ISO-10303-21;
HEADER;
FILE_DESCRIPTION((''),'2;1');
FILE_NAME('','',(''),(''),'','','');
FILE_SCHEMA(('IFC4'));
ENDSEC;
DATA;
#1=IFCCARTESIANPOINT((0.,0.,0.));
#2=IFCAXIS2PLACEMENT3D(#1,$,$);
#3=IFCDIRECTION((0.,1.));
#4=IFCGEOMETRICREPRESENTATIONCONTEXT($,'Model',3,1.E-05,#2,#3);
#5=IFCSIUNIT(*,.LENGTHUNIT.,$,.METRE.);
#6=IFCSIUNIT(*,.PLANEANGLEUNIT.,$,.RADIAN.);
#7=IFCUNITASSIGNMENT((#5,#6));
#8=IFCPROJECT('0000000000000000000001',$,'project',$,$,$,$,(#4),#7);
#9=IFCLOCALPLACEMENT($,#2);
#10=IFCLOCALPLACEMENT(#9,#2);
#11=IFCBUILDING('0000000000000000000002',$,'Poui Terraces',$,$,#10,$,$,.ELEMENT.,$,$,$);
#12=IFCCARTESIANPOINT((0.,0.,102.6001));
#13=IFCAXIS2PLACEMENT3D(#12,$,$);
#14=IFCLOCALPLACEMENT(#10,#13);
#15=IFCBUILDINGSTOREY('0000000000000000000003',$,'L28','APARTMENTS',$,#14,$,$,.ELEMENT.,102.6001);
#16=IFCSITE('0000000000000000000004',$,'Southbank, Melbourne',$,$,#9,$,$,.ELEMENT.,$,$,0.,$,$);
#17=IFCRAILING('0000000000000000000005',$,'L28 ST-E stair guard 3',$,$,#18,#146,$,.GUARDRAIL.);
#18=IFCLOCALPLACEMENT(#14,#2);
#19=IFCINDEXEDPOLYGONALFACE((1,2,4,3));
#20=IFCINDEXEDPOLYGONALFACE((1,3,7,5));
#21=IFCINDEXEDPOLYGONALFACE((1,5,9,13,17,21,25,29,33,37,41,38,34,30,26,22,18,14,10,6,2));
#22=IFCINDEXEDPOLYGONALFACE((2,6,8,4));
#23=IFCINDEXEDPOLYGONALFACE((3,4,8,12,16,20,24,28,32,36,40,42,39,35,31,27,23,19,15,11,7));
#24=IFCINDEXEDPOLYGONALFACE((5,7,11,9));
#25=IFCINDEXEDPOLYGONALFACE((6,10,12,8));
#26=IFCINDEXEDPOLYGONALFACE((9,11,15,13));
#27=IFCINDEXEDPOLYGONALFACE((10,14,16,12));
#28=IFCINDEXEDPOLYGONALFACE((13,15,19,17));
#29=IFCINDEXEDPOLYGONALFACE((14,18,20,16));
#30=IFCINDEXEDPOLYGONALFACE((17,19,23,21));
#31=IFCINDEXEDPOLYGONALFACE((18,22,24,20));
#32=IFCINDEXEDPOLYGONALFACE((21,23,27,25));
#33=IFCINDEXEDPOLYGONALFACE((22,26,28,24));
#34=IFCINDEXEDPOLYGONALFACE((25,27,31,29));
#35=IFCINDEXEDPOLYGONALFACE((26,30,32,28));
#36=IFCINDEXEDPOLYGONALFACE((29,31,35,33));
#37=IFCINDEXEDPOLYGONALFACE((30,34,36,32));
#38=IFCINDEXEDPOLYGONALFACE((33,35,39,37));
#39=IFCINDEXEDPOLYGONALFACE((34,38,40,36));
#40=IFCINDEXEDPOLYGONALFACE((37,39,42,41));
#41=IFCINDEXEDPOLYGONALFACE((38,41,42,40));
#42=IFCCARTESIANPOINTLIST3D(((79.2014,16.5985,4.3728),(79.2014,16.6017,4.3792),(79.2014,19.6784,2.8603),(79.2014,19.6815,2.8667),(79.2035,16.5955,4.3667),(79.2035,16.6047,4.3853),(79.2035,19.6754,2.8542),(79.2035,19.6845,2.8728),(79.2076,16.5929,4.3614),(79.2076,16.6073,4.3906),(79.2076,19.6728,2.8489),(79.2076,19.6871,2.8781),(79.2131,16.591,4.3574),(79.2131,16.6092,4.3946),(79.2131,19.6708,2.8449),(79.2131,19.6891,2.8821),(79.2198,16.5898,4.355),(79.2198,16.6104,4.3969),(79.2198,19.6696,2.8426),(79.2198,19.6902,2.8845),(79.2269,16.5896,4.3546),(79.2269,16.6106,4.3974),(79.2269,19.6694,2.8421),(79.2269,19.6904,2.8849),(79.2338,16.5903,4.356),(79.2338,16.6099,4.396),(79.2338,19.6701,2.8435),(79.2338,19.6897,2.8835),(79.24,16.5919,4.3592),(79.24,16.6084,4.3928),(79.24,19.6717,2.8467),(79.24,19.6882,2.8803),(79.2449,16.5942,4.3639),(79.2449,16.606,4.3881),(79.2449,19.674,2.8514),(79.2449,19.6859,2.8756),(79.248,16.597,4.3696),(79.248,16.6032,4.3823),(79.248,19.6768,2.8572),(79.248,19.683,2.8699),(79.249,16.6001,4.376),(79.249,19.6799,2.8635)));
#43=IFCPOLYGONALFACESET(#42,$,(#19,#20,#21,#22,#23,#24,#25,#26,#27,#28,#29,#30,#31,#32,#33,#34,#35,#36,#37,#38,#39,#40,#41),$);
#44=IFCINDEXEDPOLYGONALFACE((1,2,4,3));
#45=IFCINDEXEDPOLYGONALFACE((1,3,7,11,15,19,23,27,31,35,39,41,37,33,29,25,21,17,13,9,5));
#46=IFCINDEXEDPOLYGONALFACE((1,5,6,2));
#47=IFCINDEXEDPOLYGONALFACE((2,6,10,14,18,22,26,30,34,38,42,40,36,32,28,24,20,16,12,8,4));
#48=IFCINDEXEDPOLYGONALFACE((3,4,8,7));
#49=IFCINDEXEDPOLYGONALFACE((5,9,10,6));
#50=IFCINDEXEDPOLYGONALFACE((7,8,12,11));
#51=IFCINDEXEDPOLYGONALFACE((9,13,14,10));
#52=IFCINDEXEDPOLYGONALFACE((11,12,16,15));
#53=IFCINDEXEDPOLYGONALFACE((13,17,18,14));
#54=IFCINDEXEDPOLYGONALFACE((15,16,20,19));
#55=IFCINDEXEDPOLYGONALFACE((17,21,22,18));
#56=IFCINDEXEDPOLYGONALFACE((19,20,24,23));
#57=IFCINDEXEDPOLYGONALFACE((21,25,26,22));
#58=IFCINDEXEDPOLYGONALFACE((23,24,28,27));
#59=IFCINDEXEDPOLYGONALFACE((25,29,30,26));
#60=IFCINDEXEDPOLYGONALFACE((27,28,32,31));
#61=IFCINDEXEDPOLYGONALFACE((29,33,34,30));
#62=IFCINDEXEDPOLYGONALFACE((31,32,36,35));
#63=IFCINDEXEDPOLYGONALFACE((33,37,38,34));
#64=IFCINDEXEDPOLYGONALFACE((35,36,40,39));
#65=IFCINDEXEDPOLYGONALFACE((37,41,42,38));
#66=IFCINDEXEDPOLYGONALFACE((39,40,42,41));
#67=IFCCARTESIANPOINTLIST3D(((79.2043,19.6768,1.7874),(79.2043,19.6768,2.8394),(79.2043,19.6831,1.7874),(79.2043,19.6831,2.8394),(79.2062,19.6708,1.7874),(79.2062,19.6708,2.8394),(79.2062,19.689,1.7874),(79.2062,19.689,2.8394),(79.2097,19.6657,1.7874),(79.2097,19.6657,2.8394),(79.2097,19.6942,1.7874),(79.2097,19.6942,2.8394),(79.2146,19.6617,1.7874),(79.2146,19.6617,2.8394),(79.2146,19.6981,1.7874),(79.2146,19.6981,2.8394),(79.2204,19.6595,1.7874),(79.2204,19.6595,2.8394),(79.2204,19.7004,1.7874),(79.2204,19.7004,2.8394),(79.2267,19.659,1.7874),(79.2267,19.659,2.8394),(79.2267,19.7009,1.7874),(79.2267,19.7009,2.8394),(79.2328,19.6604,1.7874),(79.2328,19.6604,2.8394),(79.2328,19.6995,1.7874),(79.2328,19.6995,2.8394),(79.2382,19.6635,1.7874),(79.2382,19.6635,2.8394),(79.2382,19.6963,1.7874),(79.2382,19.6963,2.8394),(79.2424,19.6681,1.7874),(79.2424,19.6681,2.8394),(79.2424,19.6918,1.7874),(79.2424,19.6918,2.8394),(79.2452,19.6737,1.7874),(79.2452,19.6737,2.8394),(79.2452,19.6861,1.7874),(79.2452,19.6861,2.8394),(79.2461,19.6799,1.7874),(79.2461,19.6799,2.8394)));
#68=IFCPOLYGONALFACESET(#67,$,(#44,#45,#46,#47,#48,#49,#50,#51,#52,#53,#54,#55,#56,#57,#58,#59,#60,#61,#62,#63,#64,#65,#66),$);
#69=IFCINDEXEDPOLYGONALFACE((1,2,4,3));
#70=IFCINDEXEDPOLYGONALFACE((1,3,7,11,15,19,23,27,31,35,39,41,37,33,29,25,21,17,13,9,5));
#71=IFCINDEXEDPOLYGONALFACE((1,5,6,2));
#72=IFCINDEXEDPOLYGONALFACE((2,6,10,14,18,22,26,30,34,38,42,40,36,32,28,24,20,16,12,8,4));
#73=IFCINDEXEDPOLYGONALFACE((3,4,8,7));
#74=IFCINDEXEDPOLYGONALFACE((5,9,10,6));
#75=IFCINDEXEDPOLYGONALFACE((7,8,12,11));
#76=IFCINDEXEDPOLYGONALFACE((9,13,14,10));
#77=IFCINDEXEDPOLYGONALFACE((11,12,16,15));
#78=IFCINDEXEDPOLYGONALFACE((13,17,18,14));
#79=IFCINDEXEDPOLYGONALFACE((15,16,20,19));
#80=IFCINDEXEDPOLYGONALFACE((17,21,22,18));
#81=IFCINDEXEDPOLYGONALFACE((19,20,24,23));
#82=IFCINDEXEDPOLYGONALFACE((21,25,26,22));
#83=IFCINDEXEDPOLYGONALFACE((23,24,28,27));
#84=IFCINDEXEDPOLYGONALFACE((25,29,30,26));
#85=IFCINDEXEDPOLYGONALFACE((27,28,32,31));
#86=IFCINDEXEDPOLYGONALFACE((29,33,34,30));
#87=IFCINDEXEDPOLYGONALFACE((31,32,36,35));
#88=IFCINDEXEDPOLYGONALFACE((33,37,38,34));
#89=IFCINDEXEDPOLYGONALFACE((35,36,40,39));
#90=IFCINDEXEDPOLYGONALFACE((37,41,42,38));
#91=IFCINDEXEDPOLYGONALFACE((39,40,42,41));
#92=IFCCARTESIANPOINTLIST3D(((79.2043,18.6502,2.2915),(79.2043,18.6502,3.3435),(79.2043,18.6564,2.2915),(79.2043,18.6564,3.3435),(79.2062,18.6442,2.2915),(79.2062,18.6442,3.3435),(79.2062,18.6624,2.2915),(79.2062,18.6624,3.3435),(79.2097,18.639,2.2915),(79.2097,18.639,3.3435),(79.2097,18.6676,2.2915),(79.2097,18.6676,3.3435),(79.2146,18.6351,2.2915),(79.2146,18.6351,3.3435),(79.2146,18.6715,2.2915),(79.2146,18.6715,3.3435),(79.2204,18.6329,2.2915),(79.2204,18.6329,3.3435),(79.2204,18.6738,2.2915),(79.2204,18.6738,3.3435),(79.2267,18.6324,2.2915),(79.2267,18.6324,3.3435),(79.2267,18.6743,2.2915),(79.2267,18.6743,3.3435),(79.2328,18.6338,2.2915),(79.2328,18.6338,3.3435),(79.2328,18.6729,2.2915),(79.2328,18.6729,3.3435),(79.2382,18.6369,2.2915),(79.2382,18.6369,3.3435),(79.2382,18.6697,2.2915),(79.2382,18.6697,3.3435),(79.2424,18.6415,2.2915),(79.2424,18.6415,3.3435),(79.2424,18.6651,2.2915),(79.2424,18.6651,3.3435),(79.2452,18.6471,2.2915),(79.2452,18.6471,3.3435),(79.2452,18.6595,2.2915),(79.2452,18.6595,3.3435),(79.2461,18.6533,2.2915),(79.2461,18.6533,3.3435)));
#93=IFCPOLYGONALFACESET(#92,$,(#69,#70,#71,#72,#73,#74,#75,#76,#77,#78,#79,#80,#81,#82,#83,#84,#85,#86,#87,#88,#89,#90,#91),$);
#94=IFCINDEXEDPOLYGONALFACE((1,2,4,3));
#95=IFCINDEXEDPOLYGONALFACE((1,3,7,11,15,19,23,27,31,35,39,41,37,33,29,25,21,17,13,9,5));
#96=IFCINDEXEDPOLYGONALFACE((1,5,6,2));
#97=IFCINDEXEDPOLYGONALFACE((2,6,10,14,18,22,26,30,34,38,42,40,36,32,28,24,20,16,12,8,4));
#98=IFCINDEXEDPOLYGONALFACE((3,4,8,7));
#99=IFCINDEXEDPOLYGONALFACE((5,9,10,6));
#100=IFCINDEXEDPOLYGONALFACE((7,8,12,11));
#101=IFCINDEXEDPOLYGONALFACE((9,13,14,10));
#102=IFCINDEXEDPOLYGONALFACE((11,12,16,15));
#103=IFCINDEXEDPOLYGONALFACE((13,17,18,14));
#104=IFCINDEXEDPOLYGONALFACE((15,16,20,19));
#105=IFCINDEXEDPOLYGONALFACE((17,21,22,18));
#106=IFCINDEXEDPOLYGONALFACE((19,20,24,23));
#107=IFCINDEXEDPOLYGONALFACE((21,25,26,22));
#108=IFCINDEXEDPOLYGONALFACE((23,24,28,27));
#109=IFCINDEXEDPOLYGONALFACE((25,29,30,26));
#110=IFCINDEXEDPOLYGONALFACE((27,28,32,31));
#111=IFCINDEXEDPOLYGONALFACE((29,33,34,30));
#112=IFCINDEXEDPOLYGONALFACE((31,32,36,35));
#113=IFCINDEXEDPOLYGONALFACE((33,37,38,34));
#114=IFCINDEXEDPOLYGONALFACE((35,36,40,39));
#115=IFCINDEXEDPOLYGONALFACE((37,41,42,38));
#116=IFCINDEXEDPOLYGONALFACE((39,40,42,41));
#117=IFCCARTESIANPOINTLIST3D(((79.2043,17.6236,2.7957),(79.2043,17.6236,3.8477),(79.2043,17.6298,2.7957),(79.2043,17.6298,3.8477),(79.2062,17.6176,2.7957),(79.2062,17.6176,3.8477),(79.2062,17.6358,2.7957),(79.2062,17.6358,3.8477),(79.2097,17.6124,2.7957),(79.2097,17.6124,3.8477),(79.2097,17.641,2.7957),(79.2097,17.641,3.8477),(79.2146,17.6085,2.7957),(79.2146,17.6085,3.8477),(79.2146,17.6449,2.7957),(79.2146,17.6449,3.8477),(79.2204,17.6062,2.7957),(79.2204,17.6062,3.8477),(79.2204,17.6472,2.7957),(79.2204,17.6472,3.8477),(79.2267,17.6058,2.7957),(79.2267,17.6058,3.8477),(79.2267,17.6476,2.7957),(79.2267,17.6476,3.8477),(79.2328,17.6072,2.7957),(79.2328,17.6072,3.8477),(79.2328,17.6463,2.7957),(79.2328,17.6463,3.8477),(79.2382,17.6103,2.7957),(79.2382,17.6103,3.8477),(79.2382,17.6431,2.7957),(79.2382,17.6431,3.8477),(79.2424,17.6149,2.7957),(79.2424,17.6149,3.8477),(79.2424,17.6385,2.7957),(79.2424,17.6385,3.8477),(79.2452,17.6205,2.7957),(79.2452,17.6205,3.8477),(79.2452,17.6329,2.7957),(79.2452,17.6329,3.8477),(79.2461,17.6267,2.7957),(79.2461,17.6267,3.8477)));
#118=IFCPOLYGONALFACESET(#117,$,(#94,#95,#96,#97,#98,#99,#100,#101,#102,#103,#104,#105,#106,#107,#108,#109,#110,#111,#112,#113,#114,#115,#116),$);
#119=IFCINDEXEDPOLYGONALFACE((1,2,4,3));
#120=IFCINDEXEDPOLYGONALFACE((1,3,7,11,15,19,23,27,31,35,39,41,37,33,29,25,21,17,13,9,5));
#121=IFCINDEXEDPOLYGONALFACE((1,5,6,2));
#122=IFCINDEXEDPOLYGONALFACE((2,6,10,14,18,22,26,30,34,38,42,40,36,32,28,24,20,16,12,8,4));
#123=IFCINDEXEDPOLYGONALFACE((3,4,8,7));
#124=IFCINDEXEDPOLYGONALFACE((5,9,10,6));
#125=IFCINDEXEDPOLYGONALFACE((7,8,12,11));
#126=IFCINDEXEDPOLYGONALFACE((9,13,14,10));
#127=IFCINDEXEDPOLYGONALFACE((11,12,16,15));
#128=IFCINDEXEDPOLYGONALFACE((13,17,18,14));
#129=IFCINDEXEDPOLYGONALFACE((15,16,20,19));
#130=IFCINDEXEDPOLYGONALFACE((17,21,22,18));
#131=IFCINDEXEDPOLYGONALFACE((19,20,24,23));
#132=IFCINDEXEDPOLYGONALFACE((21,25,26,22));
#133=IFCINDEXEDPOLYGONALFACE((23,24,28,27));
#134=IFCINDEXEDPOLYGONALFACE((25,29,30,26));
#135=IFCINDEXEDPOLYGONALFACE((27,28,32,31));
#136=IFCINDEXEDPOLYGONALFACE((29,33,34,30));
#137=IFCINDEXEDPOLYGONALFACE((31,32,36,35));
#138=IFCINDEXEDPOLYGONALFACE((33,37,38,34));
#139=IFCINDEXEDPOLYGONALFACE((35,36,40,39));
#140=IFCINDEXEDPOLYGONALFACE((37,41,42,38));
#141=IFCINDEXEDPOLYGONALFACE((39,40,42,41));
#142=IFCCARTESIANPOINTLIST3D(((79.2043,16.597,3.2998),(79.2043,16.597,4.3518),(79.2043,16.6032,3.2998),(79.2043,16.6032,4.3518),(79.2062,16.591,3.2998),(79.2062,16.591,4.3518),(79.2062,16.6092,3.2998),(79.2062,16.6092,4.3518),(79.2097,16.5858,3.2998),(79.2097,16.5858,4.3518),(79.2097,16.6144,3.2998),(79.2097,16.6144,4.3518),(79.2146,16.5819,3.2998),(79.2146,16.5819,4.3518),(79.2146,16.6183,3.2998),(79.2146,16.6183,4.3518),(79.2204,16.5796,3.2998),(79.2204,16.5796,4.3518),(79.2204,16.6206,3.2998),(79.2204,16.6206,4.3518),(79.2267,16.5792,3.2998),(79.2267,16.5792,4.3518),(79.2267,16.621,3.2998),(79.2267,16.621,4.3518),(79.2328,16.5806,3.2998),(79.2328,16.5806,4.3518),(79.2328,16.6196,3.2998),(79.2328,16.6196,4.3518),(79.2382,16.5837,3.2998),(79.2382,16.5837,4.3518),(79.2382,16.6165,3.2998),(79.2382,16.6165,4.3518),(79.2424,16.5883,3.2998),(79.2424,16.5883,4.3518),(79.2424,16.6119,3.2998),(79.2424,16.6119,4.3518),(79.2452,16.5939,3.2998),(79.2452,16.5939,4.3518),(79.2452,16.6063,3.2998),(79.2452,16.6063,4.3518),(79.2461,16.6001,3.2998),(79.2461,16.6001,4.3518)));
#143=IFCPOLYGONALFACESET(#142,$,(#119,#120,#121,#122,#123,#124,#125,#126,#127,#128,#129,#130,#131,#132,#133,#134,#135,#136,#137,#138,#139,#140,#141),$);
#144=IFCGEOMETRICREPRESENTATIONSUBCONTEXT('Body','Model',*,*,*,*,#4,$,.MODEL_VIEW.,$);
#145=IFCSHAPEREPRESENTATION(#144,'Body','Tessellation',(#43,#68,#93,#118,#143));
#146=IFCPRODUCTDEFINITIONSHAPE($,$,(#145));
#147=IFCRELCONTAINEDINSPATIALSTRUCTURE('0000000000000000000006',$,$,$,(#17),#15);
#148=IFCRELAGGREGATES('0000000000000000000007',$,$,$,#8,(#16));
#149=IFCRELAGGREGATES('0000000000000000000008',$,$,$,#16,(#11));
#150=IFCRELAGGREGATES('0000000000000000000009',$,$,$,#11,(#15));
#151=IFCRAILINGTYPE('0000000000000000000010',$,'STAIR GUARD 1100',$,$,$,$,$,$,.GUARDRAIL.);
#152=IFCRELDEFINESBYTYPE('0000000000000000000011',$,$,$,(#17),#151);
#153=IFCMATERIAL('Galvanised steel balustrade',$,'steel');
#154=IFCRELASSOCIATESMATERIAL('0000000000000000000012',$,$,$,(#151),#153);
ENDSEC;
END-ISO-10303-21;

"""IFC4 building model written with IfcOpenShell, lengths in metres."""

from ifc_helpers import new_model, si_unit, direction, frame, origin, origin_2d, place, context, subcontext, project, spatial, circle, extrude, material, type_object, element, save


model = new_model("IFC4")

# Units and contexts
model_context = context("Model", 3, precision=1e-05, world=origin(), true_north=direction((0.0, 1.0)))
body_context = subcontext(model_context, "Body", "Model", "MODEL_VIEW")
ifc_project = project(units=[si_unit("LENGTHUNIT", "METRE"), si_unit("PLANEANGLEUNIT", "RADIAN")], contexts=[model_context])

# Site, building, storey
site_placement = place(None, origin())
site = spatial("IfcSite", under=ifc_project, at=site_placement, Name="Southbank, Melbourne", CompositionType="ELEMENT", RefElevation=0.0)
building_placement = place(site_placement, origin())
building = spatial("IfcBuilding", under=site, at=building_placement, Name="Poui Terraces", CompositionType="ELEMENT")
storey_placement = place(building_placement, frame((0.0, 0.0, 102.6001)))
storey = spatial("IfcBuildingStorey", under=building, at=storey_placement, Name="L28", Description="APARTMENTS", CompositionType="ELEMENT", Elevation=102.6001)

# Railing
ifc_material_1 = material(Name="Galvanised steel balustrade", Category="steel")
railing_type_1 = type_object("IfcRailingType", Name="STAIR GUARD 1100", PredefinedType="GUARDRAIL", material=ifc_material_1)
railing_1_placement = place(storey_placement, frame((79.2251, 19.6799, 1.7874)))
element("IfcRailing", 1, at=railing_1_placement, inside=storey, type_object=railing_type_1, Name="L28 ST-E stair guard 3", PredefinedType="GUARDRAIL", context=body_context, shape_type="SweptSolid", body=[
    extrude(circle(Radius=0.0239, at=origin_2d()), frame((0.0, 0.0, 1.0762), z_axis=(0.0, -0.897606, 0.440798), x_axis=(1.0, 0.0, 0.0)), (0.0, 0.0, 1.0), 3.4312),
    extrude(circle(Radius=0.021, at=origin_2d()), origin(), (0.0, 0.0, 1.0), 1.052),
    extrude(circle(Radius=0.021, at=origin_2d()), frame((0.0, -1.0266, 0.5042)), (0.0, 0.0, 1.0), 1.052),
    extrude(circle(Radius=0.021, at=origin_2d()), frame((0.0, -2.0532, 1.0083)), (0.0, 0.0, 1.0), 1.052),
    extrude(circle(Radius=0.021, at=origin_2d()), frame((0.0, -3.0798, 1.5125)), (0.0, 0.0, 1.0), 1.052),
])

save(model, "model.ifc")
